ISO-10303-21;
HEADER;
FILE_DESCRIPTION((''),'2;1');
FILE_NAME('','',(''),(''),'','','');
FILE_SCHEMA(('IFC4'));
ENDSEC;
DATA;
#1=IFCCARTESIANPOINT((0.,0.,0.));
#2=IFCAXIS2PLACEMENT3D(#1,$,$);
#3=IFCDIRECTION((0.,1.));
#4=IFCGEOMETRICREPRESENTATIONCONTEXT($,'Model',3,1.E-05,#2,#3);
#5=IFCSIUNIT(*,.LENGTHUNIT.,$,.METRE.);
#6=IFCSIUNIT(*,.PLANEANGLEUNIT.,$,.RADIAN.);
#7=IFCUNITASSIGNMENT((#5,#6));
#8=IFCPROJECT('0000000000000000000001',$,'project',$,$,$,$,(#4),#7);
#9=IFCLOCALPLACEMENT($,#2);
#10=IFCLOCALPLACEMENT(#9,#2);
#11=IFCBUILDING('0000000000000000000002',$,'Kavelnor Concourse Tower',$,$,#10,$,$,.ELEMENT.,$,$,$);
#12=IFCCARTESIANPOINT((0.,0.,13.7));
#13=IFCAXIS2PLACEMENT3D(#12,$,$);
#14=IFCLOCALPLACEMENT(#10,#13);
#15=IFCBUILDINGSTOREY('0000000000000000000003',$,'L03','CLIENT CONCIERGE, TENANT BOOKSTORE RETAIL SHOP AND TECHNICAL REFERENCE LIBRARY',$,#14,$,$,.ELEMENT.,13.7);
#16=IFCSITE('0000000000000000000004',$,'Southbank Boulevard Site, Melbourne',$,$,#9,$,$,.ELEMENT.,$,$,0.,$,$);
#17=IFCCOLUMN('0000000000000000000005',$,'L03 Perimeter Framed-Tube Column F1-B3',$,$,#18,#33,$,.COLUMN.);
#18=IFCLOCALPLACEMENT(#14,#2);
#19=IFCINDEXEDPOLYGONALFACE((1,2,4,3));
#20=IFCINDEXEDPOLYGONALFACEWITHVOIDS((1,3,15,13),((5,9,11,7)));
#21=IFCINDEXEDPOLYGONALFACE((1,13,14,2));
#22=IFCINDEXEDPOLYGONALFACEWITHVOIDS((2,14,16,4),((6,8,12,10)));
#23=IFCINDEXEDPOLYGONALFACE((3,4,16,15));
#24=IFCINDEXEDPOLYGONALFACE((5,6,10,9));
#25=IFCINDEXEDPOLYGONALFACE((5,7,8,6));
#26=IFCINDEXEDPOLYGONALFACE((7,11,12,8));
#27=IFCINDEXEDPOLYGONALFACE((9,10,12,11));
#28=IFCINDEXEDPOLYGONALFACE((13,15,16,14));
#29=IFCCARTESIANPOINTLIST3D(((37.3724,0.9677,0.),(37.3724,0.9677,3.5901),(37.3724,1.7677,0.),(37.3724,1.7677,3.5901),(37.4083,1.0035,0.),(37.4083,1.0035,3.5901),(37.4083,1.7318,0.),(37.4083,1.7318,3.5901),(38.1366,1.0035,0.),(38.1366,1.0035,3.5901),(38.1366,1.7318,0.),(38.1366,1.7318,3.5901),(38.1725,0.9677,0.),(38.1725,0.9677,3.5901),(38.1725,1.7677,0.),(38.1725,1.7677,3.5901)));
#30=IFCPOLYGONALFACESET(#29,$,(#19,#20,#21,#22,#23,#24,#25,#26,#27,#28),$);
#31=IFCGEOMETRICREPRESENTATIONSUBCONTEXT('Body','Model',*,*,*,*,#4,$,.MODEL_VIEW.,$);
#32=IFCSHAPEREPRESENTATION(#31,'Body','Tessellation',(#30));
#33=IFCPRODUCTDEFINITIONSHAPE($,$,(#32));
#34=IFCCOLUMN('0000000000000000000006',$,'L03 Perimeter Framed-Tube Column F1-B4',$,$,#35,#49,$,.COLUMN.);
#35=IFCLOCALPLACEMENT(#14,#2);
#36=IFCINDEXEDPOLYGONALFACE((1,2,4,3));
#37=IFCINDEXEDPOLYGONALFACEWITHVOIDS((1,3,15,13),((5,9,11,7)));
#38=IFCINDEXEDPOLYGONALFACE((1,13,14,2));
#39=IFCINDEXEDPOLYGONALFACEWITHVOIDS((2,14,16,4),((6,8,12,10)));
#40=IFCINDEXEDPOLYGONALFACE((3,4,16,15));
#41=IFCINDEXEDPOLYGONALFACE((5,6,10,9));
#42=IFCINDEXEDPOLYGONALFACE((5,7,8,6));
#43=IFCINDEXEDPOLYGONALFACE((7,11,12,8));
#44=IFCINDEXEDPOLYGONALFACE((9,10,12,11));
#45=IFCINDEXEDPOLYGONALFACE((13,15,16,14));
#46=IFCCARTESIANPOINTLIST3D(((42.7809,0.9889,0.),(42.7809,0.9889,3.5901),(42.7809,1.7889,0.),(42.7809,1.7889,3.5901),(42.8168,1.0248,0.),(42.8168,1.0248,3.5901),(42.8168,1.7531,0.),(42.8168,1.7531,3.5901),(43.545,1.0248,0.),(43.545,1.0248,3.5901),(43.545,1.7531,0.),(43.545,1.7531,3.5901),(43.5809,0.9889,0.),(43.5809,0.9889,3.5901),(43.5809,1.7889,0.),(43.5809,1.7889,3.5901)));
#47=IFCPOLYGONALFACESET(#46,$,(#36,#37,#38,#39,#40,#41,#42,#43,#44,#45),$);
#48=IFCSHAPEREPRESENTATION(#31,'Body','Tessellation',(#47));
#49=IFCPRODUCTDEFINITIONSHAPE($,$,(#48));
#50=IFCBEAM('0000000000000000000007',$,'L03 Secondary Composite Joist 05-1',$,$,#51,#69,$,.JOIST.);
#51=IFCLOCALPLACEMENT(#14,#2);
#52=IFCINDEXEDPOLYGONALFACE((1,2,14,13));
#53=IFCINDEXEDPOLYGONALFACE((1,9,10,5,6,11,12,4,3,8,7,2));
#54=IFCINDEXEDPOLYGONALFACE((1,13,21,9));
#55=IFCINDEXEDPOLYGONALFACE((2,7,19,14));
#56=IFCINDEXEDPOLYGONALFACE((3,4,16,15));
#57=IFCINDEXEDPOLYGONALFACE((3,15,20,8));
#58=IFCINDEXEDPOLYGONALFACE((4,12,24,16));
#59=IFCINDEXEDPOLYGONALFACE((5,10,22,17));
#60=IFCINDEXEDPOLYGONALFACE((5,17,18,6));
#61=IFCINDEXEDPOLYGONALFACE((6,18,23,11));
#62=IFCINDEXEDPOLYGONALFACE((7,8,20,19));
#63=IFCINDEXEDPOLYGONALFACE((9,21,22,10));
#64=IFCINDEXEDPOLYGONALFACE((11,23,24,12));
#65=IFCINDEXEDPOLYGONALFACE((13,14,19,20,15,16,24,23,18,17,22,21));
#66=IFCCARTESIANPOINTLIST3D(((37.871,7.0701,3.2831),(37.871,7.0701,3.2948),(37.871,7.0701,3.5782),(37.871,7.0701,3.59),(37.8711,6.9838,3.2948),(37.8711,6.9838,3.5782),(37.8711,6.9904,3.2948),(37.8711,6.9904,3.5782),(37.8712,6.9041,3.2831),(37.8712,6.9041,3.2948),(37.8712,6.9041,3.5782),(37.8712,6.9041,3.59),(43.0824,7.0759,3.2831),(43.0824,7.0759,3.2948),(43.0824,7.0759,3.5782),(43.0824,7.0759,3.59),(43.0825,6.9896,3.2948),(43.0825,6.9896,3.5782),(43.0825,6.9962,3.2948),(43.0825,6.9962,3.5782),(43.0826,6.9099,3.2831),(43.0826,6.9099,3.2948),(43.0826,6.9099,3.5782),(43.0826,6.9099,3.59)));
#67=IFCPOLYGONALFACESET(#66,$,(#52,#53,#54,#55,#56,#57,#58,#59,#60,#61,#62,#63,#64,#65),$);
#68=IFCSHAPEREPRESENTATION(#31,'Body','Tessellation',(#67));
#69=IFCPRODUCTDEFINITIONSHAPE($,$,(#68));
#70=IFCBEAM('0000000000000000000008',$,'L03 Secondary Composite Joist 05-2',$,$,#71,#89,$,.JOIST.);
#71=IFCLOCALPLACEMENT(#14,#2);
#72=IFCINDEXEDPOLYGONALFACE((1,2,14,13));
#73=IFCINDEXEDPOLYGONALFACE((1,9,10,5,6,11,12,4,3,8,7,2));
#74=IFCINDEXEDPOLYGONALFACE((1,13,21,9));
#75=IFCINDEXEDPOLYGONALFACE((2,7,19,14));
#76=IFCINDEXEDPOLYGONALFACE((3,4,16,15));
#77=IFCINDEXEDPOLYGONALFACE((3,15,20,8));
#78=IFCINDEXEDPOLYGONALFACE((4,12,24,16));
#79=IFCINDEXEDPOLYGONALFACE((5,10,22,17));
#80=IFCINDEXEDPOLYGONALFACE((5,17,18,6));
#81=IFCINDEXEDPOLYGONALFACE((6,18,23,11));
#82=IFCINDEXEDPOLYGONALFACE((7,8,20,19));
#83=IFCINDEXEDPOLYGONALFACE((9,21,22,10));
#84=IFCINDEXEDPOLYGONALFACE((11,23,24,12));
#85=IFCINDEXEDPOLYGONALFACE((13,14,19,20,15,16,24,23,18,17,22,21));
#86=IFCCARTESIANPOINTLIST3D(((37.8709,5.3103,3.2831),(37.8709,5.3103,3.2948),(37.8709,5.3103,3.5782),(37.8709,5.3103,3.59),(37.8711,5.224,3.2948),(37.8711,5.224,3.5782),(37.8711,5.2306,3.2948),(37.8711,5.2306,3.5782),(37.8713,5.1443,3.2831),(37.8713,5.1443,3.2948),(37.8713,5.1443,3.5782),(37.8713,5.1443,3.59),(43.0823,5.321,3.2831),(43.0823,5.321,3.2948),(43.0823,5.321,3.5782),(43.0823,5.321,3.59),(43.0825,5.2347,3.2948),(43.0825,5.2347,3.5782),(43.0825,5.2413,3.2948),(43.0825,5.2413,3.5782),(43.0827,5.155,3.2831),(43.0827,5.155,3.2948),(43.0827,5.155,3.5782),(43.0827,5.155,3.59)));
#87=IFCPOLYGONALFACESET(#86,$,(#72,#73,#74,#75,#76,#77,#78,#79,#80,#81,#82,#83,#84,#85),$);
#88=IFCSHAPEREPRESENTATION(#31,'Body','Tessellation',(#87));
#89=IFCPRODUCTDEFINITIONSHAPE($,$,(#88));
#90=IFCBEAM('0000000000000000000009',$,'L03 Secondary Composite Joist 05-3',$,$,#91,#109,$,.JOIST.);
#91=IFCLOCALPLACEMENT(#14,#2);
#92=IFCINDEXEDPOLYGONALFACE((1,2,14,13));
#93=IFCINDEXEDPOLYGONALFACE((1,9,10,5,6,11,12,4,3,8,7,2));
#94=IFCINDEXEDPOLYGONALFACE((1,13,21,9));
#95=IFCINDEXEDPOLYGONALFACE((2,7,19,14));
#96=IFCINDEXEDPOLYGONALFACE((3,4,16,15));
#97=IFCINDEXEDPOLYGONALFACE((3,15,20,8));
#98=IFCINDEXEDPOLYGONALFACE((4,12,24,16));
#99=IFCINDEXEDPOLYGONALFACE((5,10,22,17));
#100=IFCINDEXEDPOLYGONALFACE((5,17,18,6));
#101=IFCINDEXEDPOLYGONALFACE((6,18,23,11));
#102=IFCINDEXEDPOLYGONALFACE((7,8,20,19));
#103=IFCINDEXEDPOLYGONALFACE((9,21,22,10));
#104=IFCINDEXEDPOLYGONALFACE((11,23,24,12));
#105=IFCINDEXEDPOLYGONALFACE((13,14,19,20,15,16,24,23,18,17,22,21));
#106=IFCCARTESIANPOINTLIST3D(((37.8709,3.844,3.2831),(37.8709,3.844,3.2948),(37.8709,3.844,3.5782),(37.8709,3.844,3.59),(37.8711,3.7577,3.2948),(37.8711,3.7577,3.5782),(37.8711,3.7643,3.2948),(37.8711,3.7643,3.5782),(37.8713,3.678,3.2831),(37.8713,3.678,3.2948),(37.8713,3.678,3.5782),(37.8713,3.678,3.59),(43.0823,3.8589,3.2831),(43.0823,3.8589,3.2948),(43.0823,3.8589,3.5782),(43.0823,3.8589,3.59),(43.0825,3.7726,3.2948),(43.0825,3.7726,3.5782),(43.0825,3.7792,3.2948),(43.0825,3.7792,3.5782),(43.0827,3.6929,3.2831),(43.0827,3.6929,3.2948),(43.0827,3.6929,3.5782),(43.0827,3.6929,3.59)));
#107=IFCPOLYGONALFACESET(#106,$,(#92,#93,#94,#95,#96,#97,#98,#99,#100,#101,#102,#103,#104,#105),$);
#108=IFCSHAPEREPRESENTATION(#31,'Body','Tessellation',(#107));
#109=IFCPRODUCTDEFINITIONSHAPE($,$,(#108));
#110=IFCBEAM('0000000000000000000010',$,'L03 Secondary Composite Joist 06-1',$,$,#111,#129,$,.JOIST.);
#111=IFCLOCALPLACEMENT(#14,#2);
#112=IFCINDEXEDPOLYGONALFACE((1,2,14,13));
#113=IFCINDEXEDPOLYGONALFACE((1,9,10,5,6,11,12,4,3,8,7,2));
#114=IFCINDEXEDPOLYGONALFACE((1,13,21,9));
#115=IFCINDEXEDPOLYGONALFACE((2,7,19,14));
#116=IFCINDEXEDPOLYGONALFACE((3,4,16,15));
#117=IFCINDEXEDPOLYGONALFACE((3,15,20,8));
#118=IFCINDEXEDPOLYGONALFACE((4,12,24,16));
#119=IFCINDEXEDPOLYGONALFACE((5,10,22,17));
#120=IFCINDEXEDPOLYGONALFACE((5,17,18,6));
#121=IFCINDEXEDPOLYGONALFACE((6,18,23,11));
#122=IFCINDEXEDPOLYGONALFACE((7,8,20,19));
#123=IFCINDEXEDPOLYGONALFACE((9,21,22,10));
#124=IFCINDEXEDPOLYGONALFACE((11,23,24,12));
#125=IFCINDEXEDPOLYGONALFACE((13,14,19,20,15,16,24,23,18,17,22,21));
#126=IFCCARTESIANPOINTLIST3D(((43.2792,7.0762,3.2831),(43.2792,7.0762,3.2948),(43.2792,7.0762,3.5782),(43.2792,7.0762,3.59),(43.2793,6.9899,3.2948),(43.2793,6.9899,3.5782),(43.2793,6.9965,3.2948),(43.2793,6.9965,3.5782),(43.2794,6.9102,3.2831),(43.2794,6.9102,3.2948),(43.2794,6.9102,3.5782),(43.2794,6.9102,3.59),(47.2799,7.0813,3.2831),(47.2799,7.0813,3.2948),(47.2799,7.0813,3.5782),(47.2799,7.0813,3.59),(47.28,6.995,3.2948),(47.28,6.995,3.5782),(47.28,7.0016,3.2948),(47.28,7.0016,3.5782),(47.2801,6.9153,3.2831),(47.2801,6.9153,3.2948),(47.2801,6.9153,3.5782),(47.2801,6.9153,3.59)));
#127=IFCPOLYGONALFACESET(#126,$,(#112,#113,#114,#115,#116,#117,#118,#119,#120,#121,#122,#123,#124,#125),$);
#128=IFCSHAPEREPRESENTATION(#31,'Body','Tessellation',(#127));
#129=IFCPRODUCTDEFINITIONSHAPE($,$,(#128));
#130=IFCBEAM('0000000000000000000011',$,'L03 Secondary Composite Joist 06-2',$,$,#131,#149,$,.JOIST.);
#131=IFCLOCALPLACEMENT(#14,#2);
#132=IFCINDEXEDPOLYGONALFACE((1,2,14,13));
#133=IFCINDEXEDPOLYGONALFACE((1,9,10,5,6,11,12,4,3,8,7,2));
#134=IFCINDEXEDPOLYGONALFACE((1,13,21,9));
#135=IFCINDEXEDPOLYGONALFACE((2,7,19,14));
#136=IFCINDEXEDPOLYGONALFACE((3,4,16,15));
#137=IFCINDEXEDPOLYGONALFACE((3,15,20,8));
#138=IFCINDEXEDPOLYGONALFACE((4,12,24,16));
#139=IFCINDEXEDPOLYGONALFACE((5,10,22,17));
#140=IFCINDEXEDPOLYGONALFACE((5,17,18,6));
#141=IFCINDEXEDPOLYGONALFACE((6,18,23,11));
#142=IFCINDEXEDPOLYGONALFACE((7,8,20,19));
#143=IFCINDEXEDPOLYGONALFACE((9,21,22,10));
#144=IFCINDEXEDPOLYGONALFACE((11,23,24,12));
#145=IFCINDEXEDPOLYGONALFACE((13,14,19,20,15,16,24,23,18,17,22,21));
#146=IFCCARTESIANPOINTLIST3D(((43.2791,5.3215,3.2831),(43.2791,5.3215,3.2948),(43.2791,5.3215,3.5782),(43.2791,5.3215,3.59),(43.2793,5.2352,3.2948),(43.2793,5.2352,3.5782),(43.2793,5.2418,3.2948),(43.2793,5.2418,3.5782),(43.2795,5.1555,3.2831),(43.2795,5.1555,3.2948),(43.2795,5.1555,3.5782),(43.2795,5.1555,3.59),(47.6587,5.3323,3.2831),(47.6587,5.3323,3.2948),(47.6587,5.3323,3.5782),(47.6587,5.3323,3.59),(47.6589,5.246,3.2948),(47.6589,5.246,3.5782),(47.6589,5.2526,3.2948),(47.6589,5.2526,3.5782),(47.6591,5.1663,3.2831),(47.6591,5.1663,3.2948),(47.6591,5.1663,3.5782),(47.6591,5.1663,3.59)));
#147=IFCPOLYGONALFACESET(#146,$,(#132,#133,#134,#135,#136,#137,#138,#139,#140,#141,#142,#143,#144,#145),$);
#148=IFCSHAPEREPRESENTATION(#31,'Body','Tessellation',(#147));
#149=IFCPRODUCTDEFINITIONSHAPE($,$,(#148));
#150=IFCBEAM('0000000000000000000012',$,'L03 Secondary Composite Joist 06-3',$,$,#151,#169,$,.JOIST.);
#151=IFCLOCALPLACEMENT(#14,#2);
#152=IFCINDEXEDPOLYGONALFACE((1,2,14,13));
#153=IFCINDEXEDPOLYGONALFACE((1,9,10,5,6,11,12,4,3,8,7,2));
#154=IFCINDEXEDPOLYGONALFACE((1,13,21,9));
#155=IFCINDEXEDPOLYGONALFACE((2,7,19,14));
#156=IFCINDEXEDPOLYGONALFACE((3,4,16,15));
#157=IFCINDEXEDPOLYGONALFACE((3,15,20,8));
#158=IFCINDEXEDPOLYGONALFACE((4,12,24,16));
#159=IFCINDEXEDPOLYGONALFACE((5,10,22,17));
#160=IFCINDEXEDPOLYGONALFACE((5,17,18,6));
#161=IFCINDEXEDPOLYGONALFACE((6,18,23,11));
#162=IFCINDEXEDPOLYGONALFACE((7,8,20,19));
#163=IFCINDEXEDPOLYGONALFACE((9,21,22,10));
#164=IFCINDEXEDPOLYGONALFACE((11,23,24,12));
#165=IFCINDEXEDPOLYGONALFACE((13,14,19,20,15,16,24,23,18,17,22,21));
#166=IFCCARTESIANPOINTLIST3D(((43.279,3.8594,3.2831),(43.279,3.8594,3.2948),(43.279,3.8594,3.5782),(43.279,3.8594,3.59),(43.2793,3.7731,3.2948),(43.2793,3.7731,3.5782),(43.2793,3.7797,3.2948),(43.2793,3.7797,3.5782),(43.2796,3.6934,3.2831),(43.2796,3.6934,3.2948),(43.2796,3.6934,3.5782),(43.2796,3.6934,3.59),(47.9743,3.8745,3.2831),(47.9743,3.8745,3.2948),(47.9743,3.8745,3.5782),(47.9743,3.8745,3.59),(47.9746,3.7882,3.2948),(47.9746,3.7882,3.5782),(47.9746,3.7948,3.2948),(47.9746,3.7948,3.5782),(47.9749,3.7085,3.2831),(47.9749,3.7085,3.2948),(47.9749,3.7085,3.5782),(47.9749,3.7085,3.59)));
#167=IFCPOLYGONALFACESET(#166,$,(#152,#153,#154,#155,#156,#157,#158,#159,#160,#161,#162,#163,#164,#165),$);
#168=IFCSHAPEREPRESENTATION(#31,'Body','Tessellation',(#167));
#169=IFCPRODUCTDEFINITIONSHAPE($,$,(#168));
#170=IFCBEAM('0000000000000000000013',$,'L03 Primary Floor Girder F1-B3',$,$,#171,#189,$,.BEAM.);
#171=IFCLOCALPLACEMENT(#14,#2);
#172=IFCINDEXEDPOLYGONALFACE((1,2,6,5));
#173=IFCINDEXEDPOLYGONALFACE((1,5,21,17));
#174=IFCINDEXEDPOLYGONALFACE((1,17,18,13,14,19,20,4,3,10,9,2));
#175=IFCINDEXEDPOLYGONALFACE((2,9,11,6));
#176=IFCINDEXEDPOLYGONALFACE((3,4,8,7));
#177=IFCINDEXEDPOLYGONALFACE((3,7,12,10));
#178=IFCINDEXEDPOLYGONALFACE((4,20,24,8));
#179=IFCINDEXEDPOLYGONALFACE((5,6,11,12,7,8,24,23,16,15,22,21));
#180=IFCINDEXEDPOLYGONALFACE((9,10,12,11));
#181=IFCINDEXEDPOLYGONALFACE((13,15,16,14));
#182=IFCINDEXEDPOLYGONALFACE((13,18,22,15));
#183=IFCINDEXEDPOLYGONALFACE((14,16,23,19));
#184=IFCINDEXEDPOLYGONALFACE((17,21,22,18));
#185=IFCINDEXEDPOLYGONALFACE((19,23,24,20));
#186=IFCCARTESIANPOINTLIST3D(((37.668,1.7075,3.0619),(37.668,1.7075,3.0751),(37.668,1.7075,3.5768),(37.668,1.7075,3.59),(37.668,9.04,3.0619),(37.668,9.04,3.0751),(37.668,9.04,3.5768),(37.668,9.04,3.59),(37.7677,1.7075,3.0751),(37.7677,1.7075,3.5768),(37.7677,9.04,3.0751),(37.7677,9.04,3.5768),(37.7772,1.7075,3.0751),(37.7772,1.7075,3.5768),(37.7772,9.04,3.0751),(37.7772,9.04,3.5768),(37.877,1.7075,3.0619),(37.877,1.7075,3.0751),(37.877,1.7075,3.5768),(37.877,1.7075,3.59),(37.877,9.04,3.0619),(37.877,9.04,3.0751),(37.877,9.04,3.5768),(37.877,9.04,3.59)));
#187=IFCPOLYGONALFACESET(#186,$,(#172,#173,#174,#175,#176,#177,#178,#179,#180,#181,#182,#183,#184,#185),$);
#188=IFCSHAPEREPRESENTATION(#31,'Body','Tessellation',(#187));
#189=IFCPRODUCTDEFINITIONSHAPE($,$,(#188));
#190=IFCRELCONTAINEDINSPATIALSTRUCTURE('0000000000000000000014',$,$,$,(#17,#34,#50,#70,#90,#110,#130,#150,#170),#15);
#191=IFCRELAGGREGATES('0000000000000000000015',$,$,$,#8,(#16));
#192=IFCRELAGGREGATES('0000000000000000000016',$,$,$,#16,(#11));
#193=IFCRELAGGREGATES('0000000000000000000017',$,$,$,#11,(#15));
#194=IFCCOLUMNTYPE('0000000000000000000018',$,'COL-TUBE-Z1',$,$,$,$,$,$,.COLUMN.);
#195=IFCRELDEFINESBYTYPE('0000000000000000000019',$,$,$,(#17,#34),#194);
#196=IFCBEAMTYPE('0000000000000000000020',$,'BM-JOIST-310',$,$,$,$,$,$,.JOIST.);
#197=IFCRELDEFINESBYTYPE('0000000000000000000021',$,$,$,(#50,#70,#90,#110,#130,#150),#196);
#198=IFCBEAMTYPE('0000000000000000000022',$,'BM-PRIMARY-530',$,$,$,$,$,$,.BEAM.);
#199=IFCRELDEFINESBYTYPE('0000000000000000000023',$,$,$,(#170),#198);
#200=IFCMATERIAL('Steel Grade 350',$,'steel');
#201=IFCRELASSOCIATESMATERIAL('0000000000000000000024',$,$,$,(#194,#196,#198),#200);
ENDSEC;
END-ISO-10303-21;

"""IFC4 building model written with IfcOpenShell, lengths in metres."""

from ifc_helpers import new_model, si_unit, direction, frame, origin, origin_2d, place, context, subcontext, project, spatial, hollow_rectangle, i_section, extrude, material, material_profile, profile_set, type_object, element, save


model = new_model("IFC4")

# Units and contexts
model_context = context("Model", 3, precision=1e-05, world=origin(), true_north=direction((0.0, 1.0)))
body_context = subcontext(model_context, "Body", "Model", "MODEL_VIEW")
ifc_project = project(units=[si_unit("LENGTHUNIT", "METRE"), si_unit("PLANEANGLEUNIT", "RADIAN")], contexts=[model_context])

# Site, building, storey
site_placement = place(None, origin())
site = spatial("IfcSite", under=ifc_project, at=site_placement, Name="Southbank Boulevard Site, Melbourne", CompositionType="ELEMENT", RefElevation=0.0)
building_placement = place(site_placement, origin())
building = spatial("IfcBuilding", under=site, at=building_placement, Name="Kavelnor Concourse Tower", CompositionType="ELEMENT")
storey_placement = place(building_placement, frame((0.0, 0.0, 13.7)))
storey = spatial("IfcBuildingStorey", under=building, at=storey_placement, Name="L03", Description="CLIENT CONCIERGE, TENANT BOOKSTORE RETAIL SHOP AND TECHNICAL REFERENCE LIBRARY", CompositionType="ELEMENT", Elevation=13.7)

# Columns
ifc_material_1 = material(Name="Steel Grade 350", Category="steel")
ifc_material_profile_1 = material_profile(ifc_material_1, hollow_rectangle(XDim=0.8, YDim=0.8, WallThickness=0.0359, at=origin_2d()), Name="SHS 800x800x36")
ifc_profile_set_1 = profile_set([ifc_material_profile_1], Name="Steel Grade 350")
column_type = type_object("IfcColumnType", Name="COL-TUBE-Z1", PredefinedType="COLUMN", material=ifc_profile_set_1)
for number, where, z_axis, x_axis, name in (
    (1, (37.7725, 1.3677, 0.0), (0.0, 0.0, 1.0), (1.0, 0.0, 0.0), "L03 Perimeter Framed-Tube Column F1-B3"),
    (2, (43.1809, 1.3889, 0.0), (0.0, 0.0, 1.0), (1.0, 0.0, 0.0), "L03 Perimeter Framed-Tube Column F1-B4"),
):
    element("IfcColumn", number, at=place(storey_placement, frame(where, z_axis=z_axis, x_axis=x_axis)), inside=storey, type_object=column_type, Name=name, PredefinedType="COLUMN", context=body_context, shape_type="SweptSolid", body=[
        extrude(hollow_rectangle(XDim=0.8, YDim=0.8, WallThickness=0.0359, at=origin_2d()), origin(), (0.0, 0.0, 1.0), 3.5901),
    ])

# Beams
ifc_material_profile_2 = material_profile(ifc_material_1, i_section(OverallWidth=0.166, OverallDepth=0.3069, WebThickness=0.0066, FlangeThickness=0.0117, at=origin_2d()), Name="310UB46")
ifc_profile_set_2 = profile_set([ifc_material_profile_2], Name="Steel Grade 350")
beam_type_1 = type_object("IfcBeamType", Name="BM-JOIST-310", PredefinedType="JOIST", material=ifc_profile_set_2)
for number, where, z_axis, x_axis, name in (
    (3, (37.8711, 6.9871, 3.4365), (0.999999, 0.001124, 0.0), (-0.001124, 0.999999, 0.0), "L03 Secondary Composite Joist 05-1"),
    (4, (37.8711, 5.2273, 3.4365), (0.999998, 0.002061, 0.0), (-0.002061, 0.999998, 0.0), "L03 Secondary Composite Joist 05-2"),
    (5, (37.8711, 3.761, 3.4365), (0.999996, 0.002858, 0.0), (-0.002858, 0.999996, 0.0), "L03 Secondary Composite Joist 05-3"),
):
    element("IfcBeam", number, at=place(storey_placement, frame(where, z_axis=z_axis, x_axis=x_axis)), inside=storey, type_object=beam_type_1, Name=name, PredefinedType="JOIST", context=body_context, shape_type="SweptSolid", body=[
        extrude(i_section(OverallWidth=0.166, OverallDepth=0.3069, WebThickness=0.0066, FlangeThickness=0.0117, at=origin_2d()), origin(), (0.0, 0.0, 1.0), 5.2114),
    ])
beam_1_placement = place(storey_placement, frame((43.2793, 6.9932, 3.4365), z_axis=(0.999999, 0.001282, 0.0), x_axis=(-0.001282, 0.999999, 0.0)))
element("IfcBeam", 6, at=beam_1_placement, inside=storey, type_object=beam_type_1, Name="L03 Secondary Composite Joist 06-1", PredefinedType="JOIST", context=body_context, shape_type="SweptSolid", body=[
    extrude(i_section(OverallWidth=0.166, OverallDepth=0.3069, WebThickness=0.0066, FlangeThickness=0.0117, at=origin_2d()), origin(), (0.0, 0.0, 1.0), 4.0007),
])
beam_2_placement = place(storey_placement, frame((43.2793, 5.2385, 3.4365), z_axis=(0.999997, 0.002453, 0.0), x_axis=(-0.002453, 0.999997, 0.0)))
element("IfcBeam", 7, at=beam_2_placement, inside=storey, type_object=beam_type_1, Name="L03 Secondary Composite Joist 06-2", PredefinedType="JOIST", context=body_context, shape_type="SweptSolid", body=[
    extrude(i_section(OverallWidth=0.166, OverallDepth=0.3069, WebThickness=0.0066, FlangeThickness=0.0117, at=origin_2d()), origin(), (0.0, 0.0, 1.0), 4.3796),
])
beam_3_placement = place(storey_placement, frame((43.2793, 3.7764, 3.4365), z_axis=(0.999995, 0.003224, 0.0), x_axis=(-0.003224, 0.999995, 0.0)))
element("IfcBeam", 8, at=beam_3_placement, inside=storey, type_object=beam_type_1, Name="L03 Secondary Composite Joist 06-3", PredefinedType="JOIST", context=body_context, shape_type="SweptSolid", body=[
    extrude(i_section(OverallWidth=0.166, OverallDepth=0.3069, WebThickness=0.0066, FlangeThickness=0.0117, at=origin_2d()), origin(), (0.0, 0.0, 1.0), 4.6953),
])
ifc_material_profile_3 = material_profile(ifc_material_1, i_section(OverallWidth=0.209, OverallDepth=0.5281, WebThickness=0.0095, FlangeThickness=0.0132, at=origin_2d()), Name="530UB82")
ifc_profile_set_3 = profile_set([ifc_material_profile_3], Name="Steel Grade 350")
beam_type_2 = type_object("IfcBeamType", Name="BM-PRIMARY-530", PredefinedType="BEAM", material=ifc_profile_set_3)
beam_4_placement = place(storey_placement, frame((37.7725, 9.04, 3.3259), z_axis=(0.0, -1.0, 0.0), x_axis=(1.0, 0.0, 0.0)))
element("IfcBeam", 9, at=beam_4_placement, inside=storey, type_object=beam_type_2, Name="L03 Primary Floor Girder F1-B3", PredefinedType="BEAM", context=body_context, shape_type="SweptSolid", body=[
    extrude(i_section(OverallWidth=0.209, OverallDepth=0.5281, WebThickness=0.0095, FlangeThickness=0.0132, at=origin_2d()), origin(), (0.0, 0.0, 1.0), 7.3325),
])

save(model, "model.ifc")
